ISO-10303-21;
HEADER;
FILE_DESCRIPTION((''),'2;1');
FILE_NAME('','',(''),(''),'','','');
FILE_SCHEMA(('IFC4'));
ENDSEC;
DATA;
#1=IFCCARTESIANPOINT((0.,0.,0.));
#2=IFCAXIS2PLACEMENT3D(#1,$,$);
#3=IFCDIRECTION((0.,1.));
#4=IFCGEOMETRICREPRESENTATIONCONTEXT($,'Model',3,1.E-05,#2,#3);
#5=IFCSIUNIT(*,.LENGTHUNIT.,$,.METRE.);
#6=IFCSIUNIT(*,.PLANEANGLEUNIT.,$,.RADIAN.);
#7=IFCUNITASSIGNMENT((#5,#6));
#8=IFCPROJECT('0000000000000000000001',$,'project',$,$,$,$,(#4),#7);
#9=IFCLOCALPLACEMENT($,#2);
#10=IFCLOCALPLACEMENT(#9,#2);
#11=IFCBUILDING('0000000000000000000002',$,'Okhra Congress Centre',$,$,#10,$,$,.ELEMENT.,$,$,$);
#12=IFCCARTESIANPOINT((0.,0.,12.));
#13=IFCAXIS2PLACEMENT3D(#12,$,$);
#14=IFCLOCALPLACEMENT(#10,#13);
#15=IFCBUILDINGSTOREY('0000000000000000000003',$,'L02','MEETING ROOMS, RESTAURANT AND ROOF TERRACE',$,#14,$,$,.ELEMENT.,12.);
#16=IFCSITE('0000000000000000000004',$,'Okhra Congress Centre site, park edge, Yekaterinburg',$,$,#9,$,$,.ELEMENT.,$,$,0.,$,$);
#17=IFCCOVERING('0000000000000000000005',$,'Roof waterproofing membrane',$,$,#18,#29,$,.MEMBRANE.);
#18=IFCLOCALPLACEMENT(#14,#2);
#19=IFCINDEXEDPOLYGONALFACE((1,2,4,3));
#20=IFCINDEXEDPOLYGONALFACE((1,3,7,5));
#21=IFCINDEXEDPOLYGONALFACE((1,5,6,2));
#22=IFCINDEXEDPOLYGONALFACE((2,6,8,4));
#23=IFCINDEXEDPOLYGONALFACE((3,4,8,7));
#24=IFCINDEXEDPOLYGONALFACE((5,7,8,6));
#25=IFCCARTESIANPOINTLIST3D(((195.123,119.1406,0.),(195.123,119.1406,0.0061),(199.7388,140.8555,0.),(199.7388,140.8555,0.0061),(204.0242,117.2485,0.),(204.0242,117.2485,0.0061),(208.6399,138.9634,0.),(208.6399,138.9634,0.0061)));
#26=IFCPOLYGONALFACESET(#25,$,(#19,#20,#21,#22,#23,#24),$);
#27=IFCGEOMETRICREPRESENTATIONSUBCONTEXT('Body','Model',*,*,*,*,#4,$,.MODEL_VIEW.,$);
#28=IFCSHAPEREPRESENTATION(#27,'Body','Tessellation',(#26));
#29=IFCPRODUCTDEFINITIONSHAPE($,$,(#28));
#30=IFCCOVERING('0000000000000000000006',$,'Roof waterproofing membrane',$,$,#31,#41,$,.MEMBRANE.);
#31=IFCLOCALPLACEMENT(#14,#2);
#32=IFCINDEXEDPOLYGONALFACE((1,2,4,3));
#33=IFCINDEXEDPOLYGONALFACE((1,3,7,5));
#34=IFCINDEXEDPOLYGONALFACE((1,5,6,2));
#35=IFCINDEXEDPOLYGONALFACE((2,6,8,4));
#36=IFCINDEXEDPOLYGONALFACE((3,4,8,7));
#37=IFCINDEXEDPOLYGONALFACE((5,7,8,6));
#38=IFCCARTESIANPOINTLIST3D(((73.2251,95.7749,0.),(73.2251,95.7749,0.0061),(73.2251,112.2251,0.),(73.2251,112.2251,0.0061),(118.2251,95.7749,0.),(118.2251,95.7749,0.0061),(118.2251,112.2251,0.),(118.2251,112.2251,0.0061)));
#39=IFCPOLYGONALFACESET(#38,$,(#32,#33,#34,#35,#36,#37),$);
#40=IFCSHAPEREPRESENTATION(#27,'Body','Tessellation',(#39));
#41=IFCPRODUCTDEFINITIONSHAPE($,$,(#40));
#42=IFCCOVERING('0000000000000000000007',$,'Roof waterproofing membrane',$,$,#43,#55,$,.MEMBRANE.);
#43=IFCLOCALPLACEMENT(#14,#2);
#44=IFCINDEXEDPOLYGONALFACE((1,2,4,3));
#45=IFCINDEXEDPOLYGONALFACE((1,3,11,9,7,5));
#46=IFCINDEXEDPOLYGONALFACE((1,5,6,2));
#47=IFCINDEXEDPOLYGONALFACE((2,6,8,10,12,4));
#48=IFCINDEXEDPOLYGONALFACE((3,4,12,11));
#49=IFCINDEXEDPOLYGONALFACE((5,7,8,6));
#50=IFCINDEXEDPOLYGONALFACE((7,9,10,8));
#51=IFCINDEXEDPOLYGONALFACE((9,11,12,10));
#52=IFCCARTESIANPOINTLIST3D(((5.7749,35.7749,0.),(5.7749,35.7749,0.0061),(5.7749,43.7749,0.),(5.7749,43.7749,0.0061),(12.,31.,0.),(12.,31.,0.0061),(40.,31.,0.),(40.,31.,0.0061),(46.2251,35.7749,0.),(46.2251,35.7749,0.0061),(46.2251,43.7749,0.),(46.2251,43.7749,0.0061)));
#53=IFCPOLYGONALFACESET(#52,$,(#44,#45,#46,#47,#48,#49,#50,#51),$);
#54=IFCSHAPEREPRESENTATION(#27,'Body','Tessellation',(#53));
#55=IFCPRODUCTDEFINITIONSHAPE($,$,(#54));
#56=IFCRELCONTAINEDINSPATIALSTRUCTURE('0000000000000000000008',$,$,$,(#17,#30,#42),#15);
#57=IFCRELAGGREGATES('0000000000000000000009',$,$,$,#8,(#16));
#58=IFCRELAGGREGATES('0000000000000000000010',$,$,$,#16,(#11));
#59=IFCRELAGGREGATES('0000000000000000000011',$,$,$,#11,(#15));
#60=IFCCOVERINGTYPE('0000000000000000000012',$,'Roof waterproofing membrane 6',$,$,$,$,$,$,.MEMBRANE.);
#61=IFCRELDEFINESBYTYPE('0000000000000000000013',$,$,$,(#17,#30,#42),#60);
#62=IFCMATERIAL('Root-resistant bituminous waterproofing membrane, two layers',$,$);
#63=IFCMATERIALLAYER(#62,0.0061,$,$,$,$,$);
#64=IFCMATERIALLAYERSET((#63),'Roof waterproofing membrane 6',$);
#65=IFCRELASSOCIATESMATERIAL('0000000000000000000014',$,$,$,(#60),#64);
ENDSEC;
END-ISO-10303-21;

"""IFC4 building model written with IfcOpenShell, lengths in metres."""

from ifc_helpers import new_model, si_unit, direction, frame, origin, place, context, subcontext, project, spatial, polyline, outline, extrude, material, layer, layer_set, type_object, element, save


model = new_model("IFC4")

# Units and contexts
model_context = context("Model", 3, precision=1e-05, world=origin(), true_north=direction((0.0, 1.0)))
body_context = subcontext(model_context, "Body", "Model", "MODEL_VIEW")
ifc_project = project(units=[si_unit("LENGTHUNIT", "METRE"), si_unit("PLANEANGLEUNIT", "RADIAN")], contexts=[model_context])

# Site, building, storey
site_placement = place(None, origin())
site = spatial("IfcSite", under=ifc_project, at=site_placement, Name="Okhra Congress Centre site, park edge, Yekaterinburg", CompositionType="ELEMENT", RefElevation=0.0)
building_placement = place(site_placement, origin())
building = spatial("IfcBuilding", under=site, at=building_placement, Name="Okhra Congress Centre", CompositionType="ELEMENT")
storey_placement = place(building_placement, frame((0.0, 0.0, 12.0)))
storey = spatial("IfcBuildingStorey", under=building, at=storey_placement, Name="L02", Description="MEETING ROOMS, RESTAURANT AND ROOF TERRACE", CompositionType="ELEMENT", Elevation=12.0)

# Coverings
ifc_material_1 = material(Name="Root-resistant bituminous waterproofing membrane, two layers")
ifc_layer_1 = layer(ifc_material_1, 0.0061)
ifc_layer_set_1 = layer_set([ifc_layer_1], Name="Roof waterproofing membrane 6")
covering_type_1 = type_object("IfcCoveringType", Name="Roof waterproofing membrane 6", PredefinedType="MEMBRANE", material=ifc_layer_set_1)
covering_1_placement = place(storey_placement, origin())
element("IfcCovering", 1, at=covering_1_placement, inside=storey, type_object=covering_type_1, Name="Roof waterproofing membrane", PredefinedType="MEMBRANE", context=body_context, shape_type="SweptSolid", body=[
    extrude(outline(polyline([(195.123, 119.1406), (204.0242, 117.2485), (208.6399, 138.9634), (199.7388, 140.8555), (195.123, 119.1406)])), origin(), (0.0, 0.0, 1.0), 0.0061),
])
covering_2_placement = place(storey_placement, origin())
element("IfcCovering", 2, at=covering_2_placement, inside=storey, type_object=covering_type_1, Name="Roof waterproofing membrane", PredefinedType="MEMBRANE", context=body_context, shape_type="SweptSolid", body=[
    extrude(outline(polyline([(73.2251, 95.7749), (118.2251, 95.7749), (118.2251, 112.2251), (73.2251, 112.2251), (73.2251, 95.7749)])), origin(), (0.0, 0.0, 1.0), 0.0061),
])
covering_3_placement = place(storey_placement, origin())
element("IfcCovering", 3, at=covering_3_placement, inside=storey, type_object=covering_type_1, Name="Roof waterproofing membrane", PredefinedType="MEMBRANE", context=body_context, shape_type="SweptSolid", body=[
    extrude(outline(polyline([(5.7749, 35.7749), (12.0, 31.0), (40.0, 31.0), (46.2251, 35.7749), (46.2251, 43.7749), (5.7749, 43.7749), (5.7749, 35.7749)])), origin(), (0.0, 0.0, 1.0), 0.0061),
])

save(model, "model.ifc")
